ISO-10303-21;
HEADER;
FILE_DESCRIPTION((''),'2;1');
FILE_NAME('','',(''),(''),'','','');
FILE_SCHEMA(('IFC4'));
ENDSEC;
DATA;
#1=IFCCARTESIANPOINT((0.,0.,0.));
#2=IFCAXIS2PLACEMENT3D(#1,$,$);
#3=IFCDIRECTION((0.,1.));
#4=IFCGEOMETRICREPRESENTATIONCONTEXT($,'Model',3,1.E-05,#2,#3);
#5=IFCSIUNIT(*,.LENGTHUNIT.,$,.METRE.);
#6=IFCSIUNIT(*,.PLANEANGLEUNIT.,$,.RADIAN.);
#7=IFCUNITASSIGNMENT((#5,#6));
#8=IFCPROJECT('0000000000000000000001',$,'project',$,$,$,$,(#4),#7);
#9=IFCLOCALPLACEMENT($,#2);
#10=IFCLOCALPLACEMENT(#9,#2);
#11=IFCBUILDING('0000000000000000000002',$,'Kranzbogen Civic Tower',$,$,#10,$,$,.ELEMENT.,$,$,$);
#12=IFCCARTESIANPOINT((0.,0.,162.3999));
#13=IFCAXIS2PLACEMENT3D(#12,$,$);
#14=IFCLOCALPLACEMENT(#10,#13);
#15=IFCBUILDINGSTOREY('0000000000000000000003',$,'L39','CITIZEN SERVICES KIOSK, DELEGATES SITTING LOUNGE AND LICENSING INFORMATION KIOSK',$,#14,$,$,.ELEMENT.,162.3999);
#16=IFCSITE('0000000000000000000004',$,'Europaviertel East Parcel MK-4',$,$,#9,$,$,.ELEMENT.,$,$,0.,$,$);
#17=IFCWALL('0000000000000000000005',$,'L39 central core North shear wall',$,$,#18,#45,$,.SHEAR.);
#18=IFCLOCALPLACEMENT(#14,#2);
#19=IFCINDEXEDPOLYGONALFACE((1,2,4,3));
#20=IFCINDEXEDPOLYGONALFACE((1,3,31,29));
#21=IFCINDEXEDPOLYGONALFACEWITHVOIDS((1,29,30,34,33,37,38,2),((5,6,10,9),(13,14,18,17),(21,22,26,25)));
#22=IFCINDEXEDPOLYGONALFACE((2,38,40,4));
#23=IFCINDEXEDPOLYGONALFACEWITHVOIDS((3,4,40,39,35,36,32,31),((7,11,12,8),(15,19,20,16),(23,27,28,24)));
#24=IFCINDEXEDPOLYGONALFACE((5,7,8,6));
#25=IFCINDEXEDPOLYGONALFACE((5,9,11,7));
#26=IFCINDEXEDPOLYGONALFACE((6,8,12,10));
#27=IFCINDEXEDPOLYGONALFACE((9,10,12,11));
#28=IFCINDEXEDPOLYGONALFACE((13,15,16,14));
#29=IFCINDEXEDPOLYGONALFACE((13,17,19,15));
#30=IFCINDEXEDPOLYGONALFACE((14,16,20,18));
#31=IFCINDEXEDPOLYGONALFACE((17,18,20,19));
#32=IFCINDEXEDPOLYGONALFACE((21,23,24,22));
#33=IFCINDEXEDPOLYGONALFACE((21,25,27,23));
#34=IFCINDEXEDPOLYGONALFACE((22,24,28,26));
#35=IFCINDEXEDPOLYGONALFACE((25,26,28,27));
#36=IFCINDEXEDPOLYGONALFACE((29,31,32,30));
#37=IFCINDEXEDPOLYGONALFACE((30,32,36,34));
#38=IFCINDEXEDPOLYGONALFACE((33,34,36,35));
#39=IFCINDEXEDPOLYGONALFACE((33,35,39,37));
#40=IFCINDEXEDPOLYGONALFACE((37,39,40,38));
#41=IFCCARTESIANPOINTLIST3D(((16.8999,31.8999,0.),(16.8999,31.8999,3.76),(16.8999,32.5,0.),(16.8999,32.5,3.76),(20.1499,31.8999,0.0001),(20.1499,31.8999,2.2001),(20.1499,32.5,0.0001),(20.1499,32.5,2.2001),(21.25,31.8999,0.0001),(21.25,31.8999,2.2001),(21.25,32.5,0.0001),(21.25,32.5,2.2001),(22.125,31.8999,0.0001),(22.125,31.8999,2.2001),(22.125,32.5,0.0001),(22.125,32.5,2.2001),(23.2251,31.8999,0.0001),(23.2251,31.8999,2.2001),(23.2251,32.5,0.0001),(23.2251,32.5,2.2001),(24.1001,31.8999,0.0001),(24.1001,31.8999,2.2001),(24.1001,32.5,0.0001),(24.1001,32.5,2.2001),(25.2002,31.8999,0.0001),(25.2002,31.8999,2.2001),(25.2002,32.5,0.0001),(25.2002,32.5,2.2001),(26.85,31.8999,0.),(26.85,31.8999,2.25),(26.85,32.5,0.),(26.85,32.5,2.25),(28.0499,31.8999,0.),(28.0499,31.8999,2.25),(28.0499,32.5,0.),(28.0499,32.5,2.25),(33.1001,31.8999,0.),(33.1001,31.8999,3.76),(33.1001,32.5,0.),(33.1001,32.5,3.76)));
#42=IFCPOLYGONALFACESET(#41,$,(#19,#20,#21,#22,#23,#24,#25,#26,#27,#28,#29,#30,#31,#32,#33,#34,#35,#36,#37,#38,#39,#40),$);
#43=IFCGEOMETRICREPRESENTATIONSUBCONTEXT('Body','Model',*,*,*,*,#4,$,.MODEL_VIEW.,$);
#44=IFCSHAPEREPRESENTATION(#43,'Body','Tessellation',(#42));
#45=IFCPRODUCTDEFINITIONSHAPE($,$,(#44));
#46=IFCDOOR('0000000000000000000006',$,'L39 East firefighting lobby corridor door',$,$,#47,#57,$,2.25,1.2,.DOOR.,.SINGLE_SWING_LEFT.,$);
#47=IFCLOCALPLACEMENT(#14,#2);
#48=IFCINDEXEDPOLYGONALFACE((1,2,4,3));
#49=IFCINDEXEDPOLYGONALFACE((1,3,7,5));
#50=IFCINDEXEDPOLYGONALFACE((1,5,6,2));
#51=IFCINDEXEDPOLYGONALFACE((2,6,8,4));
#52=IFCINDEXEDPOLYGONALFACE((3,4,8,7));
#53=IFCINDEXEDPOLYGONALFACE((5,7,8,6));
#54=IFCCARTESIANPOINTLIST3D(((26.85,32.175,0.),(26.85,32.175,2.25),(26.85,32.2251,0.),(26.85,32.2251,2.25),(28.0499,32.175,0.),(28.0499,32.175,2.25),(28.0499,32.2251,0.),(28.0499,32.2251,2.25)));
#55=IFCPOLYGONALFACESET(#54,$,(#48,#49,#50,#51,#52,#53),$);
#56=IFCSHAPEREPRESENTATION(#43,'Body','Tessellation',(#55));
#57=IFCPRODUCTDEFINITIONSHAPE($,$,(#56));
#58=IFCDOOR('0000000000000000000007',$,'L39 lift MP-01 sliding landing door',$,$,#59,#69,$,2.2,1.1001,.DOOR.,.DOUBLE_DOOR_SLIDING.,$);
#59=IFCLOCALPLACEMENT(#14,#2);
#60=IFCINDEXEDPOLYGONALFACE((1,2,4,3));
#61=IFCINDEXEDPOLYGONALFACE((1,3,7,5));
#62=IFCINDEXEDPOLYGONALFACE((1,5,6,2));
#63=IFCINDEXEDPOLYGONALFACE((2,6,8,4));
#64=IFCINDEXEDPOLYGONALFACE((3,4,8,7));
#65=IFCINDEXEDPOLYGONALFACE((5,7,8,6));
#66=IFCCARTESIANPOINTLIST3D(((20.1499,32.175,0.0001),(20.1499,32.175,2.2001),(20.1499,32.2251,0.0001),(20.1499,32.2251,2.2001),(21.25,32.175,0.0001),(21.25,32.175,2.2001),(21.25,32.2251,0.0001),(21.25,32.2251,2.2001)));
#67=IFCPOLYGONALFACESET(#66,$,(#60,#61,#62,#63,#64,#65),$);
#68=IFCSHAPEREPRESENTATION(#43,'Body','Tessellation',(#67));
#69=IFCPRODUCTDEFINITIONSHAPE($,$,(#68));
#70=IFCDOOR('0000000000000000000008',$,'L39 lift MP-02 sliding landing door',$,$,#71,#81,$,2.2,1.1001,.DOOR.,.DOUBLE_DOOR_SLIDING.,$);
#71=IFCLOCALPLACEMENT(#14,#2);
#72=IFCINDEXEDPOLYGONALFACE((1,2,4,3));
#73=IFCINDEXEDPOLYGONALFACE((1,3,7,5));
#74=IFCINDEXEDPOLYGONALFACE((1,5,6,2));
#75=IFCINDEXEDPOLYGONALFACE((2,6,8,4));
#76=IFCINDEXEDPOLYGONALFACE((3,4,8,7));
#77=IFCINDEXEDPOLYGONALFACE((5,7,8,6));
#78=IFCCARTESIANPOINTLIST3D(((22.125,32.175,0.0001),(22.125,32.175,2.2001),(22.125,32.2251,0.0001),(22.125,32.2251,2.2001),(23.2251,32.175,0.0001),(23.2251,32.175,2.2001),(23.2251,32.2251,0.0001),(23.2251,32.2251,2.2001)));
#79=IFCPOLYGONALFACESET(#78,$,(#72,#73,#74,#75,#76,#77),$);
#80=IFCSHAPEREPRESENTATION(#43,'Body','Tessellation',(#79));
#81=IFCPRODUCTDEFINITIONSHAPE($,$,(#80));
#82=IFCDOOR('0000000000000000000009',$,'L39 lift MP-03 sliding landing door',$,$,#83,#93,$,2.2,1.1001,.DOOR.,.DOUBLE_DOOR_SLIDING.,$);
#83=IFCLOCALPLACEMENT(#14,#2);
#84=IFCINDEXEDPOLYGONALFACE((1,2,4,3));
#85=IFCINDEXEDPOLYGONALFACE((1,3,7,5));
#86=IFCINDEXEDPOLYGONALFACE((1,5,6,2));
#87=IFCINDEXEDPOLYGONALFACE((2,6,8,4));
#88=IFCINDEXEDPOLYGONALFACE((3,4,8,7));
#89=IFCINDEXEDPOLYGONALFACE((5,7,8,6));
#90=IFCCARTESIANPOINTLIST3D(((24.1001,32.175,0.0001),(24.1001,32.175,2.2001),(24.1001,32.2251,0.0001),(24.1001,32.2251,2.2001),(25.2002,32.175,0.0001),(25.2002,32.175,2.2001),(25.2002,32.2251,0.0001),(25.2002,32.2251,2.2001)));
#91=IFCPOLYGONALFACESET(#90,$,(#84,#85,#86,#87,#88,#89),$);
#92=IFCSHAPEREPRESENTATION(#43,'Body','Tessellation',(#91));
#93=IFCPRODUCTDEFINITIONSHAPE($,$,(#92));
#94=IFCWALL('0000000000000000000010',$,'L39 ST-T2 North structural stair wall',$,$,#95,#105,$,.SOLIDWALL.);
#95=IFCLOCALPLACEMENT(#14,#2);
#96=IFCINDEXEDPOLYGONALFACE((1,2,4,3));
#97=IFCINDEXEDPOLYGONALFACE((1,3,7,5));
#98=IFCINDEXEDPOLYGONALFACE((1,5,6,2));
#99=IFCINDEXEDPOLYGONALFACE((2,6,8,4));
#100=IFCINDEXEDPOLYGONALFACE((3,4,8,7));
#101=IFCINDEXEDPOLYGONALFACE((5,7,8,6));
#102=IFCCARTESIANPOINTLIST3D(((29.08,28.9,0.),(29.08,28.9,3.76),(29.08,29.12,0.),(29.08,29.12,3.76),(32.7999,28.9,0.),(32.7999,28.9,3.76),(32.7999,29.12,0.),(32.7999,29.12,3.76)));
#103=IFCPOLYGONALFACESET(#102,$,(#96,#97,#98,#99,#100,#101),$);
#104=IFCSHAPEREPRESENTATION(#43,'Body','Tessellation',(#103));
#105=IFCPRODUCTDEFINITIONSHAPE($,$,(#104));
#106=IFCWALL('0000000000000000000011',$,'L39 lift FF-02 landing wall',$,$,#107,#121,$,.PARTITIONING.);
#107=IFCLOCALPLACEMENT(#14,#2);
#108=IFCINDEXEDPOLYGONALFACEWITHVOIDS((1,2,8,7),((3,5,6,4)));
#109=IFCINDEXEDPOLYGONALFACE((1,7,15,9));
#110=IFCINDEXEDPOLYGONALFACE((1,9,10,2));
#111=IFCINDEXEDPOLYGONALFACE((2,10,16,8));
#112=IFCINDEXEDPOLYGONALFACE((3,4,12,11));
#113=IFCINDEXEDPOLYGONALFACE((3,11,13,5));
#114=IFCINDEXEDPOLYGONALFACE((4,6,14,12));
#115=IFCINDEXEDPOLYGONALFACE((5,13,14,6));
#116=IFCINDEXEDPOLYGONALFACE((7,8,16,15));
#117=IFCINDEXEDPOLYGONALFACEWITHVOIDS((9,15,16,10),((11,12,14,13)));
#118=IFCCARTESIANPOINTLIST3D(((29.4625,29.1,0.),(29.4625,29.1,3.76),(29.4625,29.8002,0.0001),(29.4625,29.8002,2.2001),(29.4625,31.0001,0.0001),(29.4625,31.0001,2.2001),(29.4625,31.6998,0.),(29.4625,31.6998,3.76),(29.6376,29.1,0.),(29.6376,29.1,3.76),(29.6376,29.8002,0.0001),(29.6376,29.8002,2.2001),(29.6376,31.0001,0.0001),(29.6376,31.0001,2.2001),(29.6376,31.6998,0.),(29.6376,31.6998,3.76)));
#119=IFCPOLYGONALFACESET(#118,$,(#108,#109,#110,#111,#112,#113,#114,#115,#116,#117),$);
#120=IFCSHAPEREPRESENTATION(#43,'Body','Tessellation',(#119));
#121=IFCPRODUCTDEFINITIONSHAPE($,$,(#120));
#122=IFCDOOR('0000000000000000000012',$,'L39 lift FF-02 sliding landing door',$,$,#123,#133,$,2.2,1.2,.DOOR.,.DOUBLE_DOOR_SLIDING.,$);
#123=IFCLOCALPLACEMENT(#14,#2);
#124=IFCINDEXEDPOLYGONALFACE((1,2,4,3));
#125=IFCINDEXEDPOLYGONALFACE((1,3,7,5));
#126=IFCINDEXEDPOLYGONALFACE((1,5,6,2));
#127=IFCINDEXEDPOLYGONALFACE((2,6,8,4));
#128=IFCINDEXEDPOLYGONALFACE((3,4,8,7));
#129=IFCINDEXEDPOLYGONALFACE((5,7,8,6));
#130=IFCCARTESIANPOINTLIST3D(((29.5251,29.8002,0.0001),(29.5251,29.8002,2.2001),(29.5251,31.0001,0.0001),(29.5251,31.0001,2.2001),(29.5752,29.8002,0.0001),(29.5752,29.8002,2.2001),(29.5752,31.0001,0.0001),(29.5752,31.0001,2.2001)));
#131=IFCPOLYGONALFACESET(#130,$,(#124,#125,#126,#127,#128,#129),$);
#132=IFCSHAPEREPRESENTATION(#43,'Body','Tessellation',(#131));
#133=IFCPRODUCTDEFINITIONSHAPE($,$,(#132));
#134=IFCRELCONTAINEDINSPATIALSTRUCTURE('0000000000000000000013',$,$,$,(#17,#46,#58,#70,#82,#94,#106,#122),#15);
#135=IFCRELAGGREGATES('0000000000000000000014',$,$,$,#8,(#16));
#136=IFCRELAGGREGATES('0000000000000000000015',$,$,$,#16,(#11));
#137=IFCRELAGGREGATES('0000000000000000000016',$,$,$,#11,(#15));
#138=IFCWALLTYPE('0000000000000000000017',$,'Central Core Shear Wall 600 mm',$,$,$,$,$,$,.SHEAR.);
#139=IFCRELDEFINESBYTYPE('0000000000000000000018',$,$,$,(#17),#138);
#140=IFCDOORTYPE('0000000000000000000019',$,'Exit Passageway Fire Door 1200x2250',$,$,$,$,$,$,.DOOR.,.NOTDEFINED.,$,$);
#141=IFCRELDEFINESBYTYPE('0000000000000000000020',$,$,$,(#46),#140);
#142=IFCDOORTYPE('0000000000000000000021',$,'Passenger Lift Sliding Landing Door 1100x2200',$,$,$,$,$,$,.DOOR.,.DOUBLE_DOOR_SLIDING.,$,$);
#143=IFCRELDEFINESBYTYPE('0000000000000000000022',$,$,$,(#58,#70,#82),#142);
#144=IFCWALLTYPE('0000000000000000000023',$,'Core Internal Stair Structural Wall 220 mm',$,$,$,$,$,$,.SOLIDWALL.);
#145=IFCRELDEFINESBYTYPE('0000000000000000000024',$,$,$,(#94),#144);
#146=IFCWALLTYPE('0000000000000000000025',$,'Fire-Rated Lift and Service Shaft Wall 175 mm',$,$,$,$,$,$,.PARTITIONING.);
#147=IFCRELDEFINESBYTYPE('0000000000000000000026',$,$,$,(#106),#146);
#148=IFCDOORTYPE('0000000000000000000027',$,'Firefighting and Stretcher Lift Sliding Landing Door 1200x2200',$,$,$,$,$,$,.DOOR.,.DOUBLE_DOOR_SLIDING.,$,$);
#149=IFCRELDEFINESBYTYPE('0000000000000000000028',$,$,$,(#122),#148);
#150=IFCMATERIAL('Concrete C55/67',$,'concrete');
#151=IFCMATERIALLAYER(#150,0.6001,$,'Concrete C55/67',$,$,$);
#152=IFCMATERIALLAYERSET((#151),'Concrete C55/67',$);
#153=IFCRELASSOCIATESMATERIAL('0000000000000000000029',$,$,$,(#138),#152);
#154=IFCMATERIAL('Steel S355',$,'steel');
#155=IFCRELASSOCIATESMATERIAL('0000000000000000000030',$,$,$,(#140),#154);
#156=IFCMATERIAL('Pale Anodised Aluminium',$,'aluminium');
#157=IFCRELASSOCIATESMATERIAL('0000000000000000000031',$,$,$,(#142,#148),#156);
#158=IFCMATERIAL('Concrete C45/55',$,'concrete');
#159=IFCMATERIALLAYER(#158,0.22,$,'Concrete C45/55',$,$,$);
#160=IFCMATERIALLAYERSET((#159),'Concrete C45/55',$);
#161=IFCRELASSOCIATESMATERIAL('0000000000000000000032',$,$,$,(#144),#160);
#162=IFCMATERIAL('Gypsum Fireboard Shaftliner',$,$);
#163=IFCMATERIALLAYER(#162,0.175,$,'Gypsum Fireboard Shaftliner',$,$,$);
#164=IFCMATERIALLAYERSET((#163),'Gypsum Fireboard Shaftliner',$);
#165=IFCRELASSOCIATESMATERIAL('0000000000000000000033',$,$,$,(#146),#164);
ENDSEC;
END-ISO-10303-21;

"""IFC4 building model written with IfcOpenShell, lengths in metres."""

from ifc_helpers import new_model, si_unit, direction, frame, frame_2d, origin, place, context, subcontext, project, spatial, rectangle, extrude, material, layer, layer_set, type_object, element, fill, save


model = new_model("IFC4")

# Units and contexts
model_context = context("Model", 3, precision=1e-05, world=origin(), true_north=direction((0.0, 1.0)))
body_context = subcontext(model_context, "Body", "Model", "MODEL_VIEW")
ifc_project = project(units=[si_unit("LENGTHUNIT", "METRE"), si_unit("PLANEANGLEUNIT", "RADIAN")], contexts=[model_context])

# Site, building, storey
site_placement = place(None, origin())
site = spatial("IfcSite", under=ifc_project, at=site_placement, Name="Europaviertel East Parcel MK-4", CompositionType="ELEMENT", RefElevation=0.0)
building_placement = place(site_placement, origin())
building = spatial("IfcBuilding", under=site, at=building_placement, Name="Kranzbogen Civic Tower", CompositionType="ELEMENT")
storey_placement = place(building_placement, frame((0.0, 0.0, 162.3999)))
storey = spatial("IfcBuildingStorey", under=building, at=storey_placement, Name="L39", Description="CITIZEN SERVICES KIOSK, DELEGATES SITTING LOUNGE AND LICENSING INFORMATION KIOSK", CompositionType="ELEMENT", Elevation=162.3999)

# Shared definitions
ifc_material_1 = material(Name="Steel S355", Category="steel")

# Wall, openings, doors
ifc_material_2 = material(Name="Concrete C55/67", Category="concrete")
ifc_layer_1 = layer(ifc_material_2, 0.6001, Name="Concrete C55/67")
ifc_layer_set_1 = layer_set([ifc_layer_1], Name="Concrete C55/67")
wall_type_1 = type_object("IfcWallType", Name="Central Core Shear Wall 600 mm", PredefinedType="SHEAR", material=ifc_layer_set_1)
wall_1_placement = place(storey_placement, frame((33.1001, 32.2, 0.0), z_axis=(0.0, 0.0, 1.0), x_axis=(-1.0, 0.0, 0.0)))
wall_1 = element("IfcWall", 1, at=wall_1_placement, inside=storey, type_object=wall_type_1, Name="L39 central core North shear wall", PredefinedType="SHEAR", context=body_context, shape_type="SweptSolid", body=[
    extrude(rectangle(XDim=16.2002, YDim=0.6001, at=frame_2d((8.1001, 0.0))), origin(), (0.0, 0.0, 1.0), 3.76),
])
opening_1_placement = place(wall_1_placement, frame((5.05, 0.0, 0.0)))
opening_1 = element("IfcOpeningElement", 2, at=opening_1_placement, cuts=wall_1, PredefinedType="OPENING", context=body_context, shape_type="SweptSolid", body=[
    extrude(rectangle(XDim=1.2, YDim=2.25, at=frame_2d((0.6001, 1.125))), frame((0.0, 0.3101, 0.0), z_axis=(0.0, -1.0, 0.0), x_axis=(1.0, 0.0, 0.0)), (0.0, 0.0, 1.0), 0.6201),
])
opening_2_placement = place(wall_1_placement, frame((11.8501, 0.0, 0.0)))
opening_2 = element("IfcOpeningElement", 3, at=opening_2_placement, cuts=wall_1, PredefinedType="OPENING", context=body_context, shape_type="SweptSolid", body=[
    extrude(rectangle(XDim=1.1001, YDim=2.2, at=frame_2d((0.55, 1.1001))), frame((0.0, 0.3101, 0.0), z_axis=(0.0, -1.0, 0.0), x_axis=(1.0, 0.0, 0.0)), (0.0, 0.0, 1.0), 0.6201),
])
opening_3_placement = place(wall_1_placement, frame((9.875, 0.0, 0.0)))
opening_3 = element("IfcOpeningElement", 4, at=opening_3_placement, cuts=wall_1, PredefinedType="OPENING", context=body_context, shape_type="SweptSolid", body=[
    extrude(rectangle(XDim=1.1001, YDim=2.2, at=frame_2d((0.55, 1.1001))), frame((0.0, 0.3101, 0.0), z_axis=(0.0, -1.0, 0.0), x_axis=(1.0, 0.0, 0.0)), (0.0, 0.0, 1.0), 0.6201),
])
opening_4_placement = place(wall_1_placement, frame((7.8999, 0.0, 0.0)))
opening_4 = element("IfcOpeningElement", 5, at=opening_4_placement, cuts=wall_1, PredefinedType="OPENING", context=body_context, shape_type="SweptSolid", body=[
    extrude(rectangle(XDim=1.1001, YDim=2.2, at=frame_2d((0.55, 1.1001))), frame((0.0, 0.3101, 0.0), z_axis=(0.0, -1.0, 0.0), x_axis=(1.0, 0.0, 0.0)), (0.0, 0.0, 1.0), 0.6201),
])
door_type_1 = type_object("IfcDoorType", Name="Exit Passageway Fire Door 1200x2250", OperationType="NOTDEFINED", PredefinedType="DOOR", material=ifc_material_1)
door_1_placement = place(opening_1_placement, origin())
door_1 = element("IfcDoor", 6, at=door_1_placement, inside=storey, type_object=door_type_1, Name="L39 East firefighting lobby corridor door", OperationType="SINGLE_SWING_LEFT", OverallHeight=2.25, OverallWidth=1.2, PredefinedType="DOOR", context=body_context, shape_type="SweptSolid", body=[
    extrude(rectangle(XDim=1.2, YDim=2.25, at=frame_2d((0.6001, 1.125))), frame((0.0, 0.0249, 0.0), z_axis=(0.0, -1.0, 0.0), x_axis=(1.0, 0.0, 0.0)), (0.0, 0.0, 1.0), 0.05),
])
fill(opening_1, door_1)
ifc_material_3 = material(Name="Pale Anodised Aluminium", Category="aluminium")
door_type_2 = type_object("IfcDoorType", Name="Passenger Lift Sliding Landing Door 1100x2200", OperationType="DOUBLE_DOOR_SLIDING", PredefinedType="DOOR", material=ifc_material_3)
door_2_placement = place(opening_2_placement, origin())
door_2 = element("IfcDoor", 7, at=door_2_placement, inside=storey, type_object=door_type_2, Name="L39 lift MP-01 sliding landing door", OperationType="DOUBLE_DOOR_SLIDING", OverallHeight=2.2, OverallWidth=1.1001, PredefinedType="DOOR", context=body_context, shape_type="SweptSolid", body=[
    extrude(rectangle(XDim=1.1001, YDim=2.2, at=frame_2d((0.55, 1.1001))), frame((0.0, 0.0249, 0.0), z_axis=(0.0, -1.0, 0.0), x_axis=(1.0, 0.0, 0.0)), (0.0, 0.0, 1.0), 0.05),
])
fill(opening_2, door_2)
door_3_placement = place(opening_3_placement, origin())
door_3 = element("IfcDoor", 8, at=door_3_placement, inside=storey, type_object=door_type_2, Name="L39 lift MP-02 sliding landing door", OperationType="DOUBLE_DOOR_SLIDING", OverallHeight=2.2, OverallWidth=1.1001, PredefinedType="DOOR", context=body_context, shape_type="SweptSolid", body=[
    extrude(rectangle(XDim=1.1001, YDim=2.2, at=frame_2d((0.55, 1.1001))), frame((0.0, 0.0249, 0.0), z_axis=(0.0, -1.0, 0.0), x_axis=(1.0, 0.0, 0.0)), (0.0, 0.0, 1.0), 0.05),
])
fill(opening_3, door_3)
door_4_placement = place(opening_4_placement, origin())
door_4 = element("IfcDoor", 9, at=door_4_placement, inside=storey, type_object=door_type_2, Name="L39 lift MP-03 sliding landing door", OperationType="DOUBLE_DOOR_SLIDING", OverallHeight=2.2, OverallWidth=1.1001, PredefinedType="DOOR", context=body_context, shape_type="SweptSolid", body=[
    extrude(rectangle(XDim=1.1001, YDim=2.2, at=frame_2d((0.55, 1.1001))), frame((0.0, 0.0249, 0.0), z_axis=(0.0, -1.0, 0.0), x_axis=(1.0, 0.0, 0.0)), (0.0, 0.0, 1.0), 0.05),
])
fill(opening_4, door_4)

# Wall
ifc_material_4 = material(Name="Concrete C45/55", Category="concrete")
ifc_layer_2 = layer(ifc_material_4, 0.22, Name="Concrete C45/55")
ifc_layer_set_2 = layer_set([ifc_layer_2], Name="Concrete C45/55")
wall_type_2 = type_object("IfcWallType", Name="Core Internal Stair Structural Wall 220 mm", PredefinedType="SOLIDWALL", material=ifc_layer_set_2)
wall_2_placement = place(storey_placement, frame((29.0801, 29.01, 0.0), z_axis=(0.0, 0.0, 1.0), x_axis=(1.0, 0.0, 0.0)))
element("IfcWall", 10, at=wall_2_placement, inside=storey, type_object=wall_type_2, Name="L39 ST-T2 North structural stair wall", PredefinedType="SOLIDWALL", context=body_context, shape_type="SweptSolid", body=[
    extrude(rectangle(XDim=3.72, YDim=0.22, at=frame_2d((1.8599, 0.0))), origin(), (0.0, 0.0, 1.0), 3.76),
])

# Wall, opening, door
ifc_material_5 = material(Name="Gypsum Fireboard Shaftliner")
ifc_layer_3 = layer(ifc_material_5, 0.175, Name="Gypsum Fireboard Shaftliner")
ifc_layer_set_3 = layer_set([ifc_layer_3], Name="Gypsum Fireboard Shaftliner")
wall_type_3 = type_object("IfcWallType", Name="Fire-Rated Lift and Service Shaft Wall 175 mm", PredefinedType="PARTITIONING", material=ifc_layer_set_3)
wall_3_placement = place(storey_placement, frame((29.55, 29.1001, 0.0), z_axis=(0.0, 0.0, 1.0), x_axis=(0.0, 1.0, 0.0)))
wall_3 = element("IfcWall", 11, at=wall_3_placement, inside=storey, type_object=wall_type_3, Name="L39 lift FF-02 landing wall", PredefinedType="PARTITIONING", context=body_context, shape_type="SweptSolid", body=[
    extrude(rectangle(XDim=2.5999, YDim=0.175, at=frame_2d((1.2998, 0.0))), origin(), (0.0, 0.0, 1.0), 3.76),
])
opening_5_placement = place(wall_3_placement, frame((0.7, 0.0, 0.0)))
opening_5 = element("IfcOpeningElement", 12, at=opening_5_placement, cuts=wall_3, PredefinedType="OPENING", context=body_context, shape_type="SweptSolid", body=[
    extrude(rectangle(XDim=1.2, YDim=2.2, at=frame_2d((0.6001, 1.1001))), frame((0.0, 0.0977, 0.0), z_axis=(0.0, -1.0, 0.0), x_axis=(1.0, 0.0, 0.0)), (0.0, 0.0, 1.0), 0.1951),
])
door_type_3 = type_object("IfcDoorType", Name="Firefighting and Stretcher Lift Sliding Landing Door 1200x2200", OperationType="DOUBLE_DOOR_SLIDING", PredefinedType="DOOR", material=ifc_material_3)
door_5_placement = place(opening_5_placement, origin())
door_5 = element("IfcDoor", 13, at=door_5_placement, inside=storey, type_object=door_type_3, Name="L39 lift FF-02 sliding landing door", OperationType="DOUBLE_DOOR_SLIDING", OverallHeight=2.2, OverallWidth=1.2, PredefinedType="DOOR", context=body_context, shape_type="SweptSolid", body=[
    extrude(rectangle(XDim=1.2, YDim=2.2, at=frame_2d((0.6001, 1.1001))), frame((0.0, 0.0249, 0.0), z_axis=(0.0, -1.0, 0.0), x_axis=(1.0, 0.0, 0.0)), (0.0, 0.0, 1.0), 0.05),
])
fill(opening_5, door_5)

save(model, "model.ifc")
